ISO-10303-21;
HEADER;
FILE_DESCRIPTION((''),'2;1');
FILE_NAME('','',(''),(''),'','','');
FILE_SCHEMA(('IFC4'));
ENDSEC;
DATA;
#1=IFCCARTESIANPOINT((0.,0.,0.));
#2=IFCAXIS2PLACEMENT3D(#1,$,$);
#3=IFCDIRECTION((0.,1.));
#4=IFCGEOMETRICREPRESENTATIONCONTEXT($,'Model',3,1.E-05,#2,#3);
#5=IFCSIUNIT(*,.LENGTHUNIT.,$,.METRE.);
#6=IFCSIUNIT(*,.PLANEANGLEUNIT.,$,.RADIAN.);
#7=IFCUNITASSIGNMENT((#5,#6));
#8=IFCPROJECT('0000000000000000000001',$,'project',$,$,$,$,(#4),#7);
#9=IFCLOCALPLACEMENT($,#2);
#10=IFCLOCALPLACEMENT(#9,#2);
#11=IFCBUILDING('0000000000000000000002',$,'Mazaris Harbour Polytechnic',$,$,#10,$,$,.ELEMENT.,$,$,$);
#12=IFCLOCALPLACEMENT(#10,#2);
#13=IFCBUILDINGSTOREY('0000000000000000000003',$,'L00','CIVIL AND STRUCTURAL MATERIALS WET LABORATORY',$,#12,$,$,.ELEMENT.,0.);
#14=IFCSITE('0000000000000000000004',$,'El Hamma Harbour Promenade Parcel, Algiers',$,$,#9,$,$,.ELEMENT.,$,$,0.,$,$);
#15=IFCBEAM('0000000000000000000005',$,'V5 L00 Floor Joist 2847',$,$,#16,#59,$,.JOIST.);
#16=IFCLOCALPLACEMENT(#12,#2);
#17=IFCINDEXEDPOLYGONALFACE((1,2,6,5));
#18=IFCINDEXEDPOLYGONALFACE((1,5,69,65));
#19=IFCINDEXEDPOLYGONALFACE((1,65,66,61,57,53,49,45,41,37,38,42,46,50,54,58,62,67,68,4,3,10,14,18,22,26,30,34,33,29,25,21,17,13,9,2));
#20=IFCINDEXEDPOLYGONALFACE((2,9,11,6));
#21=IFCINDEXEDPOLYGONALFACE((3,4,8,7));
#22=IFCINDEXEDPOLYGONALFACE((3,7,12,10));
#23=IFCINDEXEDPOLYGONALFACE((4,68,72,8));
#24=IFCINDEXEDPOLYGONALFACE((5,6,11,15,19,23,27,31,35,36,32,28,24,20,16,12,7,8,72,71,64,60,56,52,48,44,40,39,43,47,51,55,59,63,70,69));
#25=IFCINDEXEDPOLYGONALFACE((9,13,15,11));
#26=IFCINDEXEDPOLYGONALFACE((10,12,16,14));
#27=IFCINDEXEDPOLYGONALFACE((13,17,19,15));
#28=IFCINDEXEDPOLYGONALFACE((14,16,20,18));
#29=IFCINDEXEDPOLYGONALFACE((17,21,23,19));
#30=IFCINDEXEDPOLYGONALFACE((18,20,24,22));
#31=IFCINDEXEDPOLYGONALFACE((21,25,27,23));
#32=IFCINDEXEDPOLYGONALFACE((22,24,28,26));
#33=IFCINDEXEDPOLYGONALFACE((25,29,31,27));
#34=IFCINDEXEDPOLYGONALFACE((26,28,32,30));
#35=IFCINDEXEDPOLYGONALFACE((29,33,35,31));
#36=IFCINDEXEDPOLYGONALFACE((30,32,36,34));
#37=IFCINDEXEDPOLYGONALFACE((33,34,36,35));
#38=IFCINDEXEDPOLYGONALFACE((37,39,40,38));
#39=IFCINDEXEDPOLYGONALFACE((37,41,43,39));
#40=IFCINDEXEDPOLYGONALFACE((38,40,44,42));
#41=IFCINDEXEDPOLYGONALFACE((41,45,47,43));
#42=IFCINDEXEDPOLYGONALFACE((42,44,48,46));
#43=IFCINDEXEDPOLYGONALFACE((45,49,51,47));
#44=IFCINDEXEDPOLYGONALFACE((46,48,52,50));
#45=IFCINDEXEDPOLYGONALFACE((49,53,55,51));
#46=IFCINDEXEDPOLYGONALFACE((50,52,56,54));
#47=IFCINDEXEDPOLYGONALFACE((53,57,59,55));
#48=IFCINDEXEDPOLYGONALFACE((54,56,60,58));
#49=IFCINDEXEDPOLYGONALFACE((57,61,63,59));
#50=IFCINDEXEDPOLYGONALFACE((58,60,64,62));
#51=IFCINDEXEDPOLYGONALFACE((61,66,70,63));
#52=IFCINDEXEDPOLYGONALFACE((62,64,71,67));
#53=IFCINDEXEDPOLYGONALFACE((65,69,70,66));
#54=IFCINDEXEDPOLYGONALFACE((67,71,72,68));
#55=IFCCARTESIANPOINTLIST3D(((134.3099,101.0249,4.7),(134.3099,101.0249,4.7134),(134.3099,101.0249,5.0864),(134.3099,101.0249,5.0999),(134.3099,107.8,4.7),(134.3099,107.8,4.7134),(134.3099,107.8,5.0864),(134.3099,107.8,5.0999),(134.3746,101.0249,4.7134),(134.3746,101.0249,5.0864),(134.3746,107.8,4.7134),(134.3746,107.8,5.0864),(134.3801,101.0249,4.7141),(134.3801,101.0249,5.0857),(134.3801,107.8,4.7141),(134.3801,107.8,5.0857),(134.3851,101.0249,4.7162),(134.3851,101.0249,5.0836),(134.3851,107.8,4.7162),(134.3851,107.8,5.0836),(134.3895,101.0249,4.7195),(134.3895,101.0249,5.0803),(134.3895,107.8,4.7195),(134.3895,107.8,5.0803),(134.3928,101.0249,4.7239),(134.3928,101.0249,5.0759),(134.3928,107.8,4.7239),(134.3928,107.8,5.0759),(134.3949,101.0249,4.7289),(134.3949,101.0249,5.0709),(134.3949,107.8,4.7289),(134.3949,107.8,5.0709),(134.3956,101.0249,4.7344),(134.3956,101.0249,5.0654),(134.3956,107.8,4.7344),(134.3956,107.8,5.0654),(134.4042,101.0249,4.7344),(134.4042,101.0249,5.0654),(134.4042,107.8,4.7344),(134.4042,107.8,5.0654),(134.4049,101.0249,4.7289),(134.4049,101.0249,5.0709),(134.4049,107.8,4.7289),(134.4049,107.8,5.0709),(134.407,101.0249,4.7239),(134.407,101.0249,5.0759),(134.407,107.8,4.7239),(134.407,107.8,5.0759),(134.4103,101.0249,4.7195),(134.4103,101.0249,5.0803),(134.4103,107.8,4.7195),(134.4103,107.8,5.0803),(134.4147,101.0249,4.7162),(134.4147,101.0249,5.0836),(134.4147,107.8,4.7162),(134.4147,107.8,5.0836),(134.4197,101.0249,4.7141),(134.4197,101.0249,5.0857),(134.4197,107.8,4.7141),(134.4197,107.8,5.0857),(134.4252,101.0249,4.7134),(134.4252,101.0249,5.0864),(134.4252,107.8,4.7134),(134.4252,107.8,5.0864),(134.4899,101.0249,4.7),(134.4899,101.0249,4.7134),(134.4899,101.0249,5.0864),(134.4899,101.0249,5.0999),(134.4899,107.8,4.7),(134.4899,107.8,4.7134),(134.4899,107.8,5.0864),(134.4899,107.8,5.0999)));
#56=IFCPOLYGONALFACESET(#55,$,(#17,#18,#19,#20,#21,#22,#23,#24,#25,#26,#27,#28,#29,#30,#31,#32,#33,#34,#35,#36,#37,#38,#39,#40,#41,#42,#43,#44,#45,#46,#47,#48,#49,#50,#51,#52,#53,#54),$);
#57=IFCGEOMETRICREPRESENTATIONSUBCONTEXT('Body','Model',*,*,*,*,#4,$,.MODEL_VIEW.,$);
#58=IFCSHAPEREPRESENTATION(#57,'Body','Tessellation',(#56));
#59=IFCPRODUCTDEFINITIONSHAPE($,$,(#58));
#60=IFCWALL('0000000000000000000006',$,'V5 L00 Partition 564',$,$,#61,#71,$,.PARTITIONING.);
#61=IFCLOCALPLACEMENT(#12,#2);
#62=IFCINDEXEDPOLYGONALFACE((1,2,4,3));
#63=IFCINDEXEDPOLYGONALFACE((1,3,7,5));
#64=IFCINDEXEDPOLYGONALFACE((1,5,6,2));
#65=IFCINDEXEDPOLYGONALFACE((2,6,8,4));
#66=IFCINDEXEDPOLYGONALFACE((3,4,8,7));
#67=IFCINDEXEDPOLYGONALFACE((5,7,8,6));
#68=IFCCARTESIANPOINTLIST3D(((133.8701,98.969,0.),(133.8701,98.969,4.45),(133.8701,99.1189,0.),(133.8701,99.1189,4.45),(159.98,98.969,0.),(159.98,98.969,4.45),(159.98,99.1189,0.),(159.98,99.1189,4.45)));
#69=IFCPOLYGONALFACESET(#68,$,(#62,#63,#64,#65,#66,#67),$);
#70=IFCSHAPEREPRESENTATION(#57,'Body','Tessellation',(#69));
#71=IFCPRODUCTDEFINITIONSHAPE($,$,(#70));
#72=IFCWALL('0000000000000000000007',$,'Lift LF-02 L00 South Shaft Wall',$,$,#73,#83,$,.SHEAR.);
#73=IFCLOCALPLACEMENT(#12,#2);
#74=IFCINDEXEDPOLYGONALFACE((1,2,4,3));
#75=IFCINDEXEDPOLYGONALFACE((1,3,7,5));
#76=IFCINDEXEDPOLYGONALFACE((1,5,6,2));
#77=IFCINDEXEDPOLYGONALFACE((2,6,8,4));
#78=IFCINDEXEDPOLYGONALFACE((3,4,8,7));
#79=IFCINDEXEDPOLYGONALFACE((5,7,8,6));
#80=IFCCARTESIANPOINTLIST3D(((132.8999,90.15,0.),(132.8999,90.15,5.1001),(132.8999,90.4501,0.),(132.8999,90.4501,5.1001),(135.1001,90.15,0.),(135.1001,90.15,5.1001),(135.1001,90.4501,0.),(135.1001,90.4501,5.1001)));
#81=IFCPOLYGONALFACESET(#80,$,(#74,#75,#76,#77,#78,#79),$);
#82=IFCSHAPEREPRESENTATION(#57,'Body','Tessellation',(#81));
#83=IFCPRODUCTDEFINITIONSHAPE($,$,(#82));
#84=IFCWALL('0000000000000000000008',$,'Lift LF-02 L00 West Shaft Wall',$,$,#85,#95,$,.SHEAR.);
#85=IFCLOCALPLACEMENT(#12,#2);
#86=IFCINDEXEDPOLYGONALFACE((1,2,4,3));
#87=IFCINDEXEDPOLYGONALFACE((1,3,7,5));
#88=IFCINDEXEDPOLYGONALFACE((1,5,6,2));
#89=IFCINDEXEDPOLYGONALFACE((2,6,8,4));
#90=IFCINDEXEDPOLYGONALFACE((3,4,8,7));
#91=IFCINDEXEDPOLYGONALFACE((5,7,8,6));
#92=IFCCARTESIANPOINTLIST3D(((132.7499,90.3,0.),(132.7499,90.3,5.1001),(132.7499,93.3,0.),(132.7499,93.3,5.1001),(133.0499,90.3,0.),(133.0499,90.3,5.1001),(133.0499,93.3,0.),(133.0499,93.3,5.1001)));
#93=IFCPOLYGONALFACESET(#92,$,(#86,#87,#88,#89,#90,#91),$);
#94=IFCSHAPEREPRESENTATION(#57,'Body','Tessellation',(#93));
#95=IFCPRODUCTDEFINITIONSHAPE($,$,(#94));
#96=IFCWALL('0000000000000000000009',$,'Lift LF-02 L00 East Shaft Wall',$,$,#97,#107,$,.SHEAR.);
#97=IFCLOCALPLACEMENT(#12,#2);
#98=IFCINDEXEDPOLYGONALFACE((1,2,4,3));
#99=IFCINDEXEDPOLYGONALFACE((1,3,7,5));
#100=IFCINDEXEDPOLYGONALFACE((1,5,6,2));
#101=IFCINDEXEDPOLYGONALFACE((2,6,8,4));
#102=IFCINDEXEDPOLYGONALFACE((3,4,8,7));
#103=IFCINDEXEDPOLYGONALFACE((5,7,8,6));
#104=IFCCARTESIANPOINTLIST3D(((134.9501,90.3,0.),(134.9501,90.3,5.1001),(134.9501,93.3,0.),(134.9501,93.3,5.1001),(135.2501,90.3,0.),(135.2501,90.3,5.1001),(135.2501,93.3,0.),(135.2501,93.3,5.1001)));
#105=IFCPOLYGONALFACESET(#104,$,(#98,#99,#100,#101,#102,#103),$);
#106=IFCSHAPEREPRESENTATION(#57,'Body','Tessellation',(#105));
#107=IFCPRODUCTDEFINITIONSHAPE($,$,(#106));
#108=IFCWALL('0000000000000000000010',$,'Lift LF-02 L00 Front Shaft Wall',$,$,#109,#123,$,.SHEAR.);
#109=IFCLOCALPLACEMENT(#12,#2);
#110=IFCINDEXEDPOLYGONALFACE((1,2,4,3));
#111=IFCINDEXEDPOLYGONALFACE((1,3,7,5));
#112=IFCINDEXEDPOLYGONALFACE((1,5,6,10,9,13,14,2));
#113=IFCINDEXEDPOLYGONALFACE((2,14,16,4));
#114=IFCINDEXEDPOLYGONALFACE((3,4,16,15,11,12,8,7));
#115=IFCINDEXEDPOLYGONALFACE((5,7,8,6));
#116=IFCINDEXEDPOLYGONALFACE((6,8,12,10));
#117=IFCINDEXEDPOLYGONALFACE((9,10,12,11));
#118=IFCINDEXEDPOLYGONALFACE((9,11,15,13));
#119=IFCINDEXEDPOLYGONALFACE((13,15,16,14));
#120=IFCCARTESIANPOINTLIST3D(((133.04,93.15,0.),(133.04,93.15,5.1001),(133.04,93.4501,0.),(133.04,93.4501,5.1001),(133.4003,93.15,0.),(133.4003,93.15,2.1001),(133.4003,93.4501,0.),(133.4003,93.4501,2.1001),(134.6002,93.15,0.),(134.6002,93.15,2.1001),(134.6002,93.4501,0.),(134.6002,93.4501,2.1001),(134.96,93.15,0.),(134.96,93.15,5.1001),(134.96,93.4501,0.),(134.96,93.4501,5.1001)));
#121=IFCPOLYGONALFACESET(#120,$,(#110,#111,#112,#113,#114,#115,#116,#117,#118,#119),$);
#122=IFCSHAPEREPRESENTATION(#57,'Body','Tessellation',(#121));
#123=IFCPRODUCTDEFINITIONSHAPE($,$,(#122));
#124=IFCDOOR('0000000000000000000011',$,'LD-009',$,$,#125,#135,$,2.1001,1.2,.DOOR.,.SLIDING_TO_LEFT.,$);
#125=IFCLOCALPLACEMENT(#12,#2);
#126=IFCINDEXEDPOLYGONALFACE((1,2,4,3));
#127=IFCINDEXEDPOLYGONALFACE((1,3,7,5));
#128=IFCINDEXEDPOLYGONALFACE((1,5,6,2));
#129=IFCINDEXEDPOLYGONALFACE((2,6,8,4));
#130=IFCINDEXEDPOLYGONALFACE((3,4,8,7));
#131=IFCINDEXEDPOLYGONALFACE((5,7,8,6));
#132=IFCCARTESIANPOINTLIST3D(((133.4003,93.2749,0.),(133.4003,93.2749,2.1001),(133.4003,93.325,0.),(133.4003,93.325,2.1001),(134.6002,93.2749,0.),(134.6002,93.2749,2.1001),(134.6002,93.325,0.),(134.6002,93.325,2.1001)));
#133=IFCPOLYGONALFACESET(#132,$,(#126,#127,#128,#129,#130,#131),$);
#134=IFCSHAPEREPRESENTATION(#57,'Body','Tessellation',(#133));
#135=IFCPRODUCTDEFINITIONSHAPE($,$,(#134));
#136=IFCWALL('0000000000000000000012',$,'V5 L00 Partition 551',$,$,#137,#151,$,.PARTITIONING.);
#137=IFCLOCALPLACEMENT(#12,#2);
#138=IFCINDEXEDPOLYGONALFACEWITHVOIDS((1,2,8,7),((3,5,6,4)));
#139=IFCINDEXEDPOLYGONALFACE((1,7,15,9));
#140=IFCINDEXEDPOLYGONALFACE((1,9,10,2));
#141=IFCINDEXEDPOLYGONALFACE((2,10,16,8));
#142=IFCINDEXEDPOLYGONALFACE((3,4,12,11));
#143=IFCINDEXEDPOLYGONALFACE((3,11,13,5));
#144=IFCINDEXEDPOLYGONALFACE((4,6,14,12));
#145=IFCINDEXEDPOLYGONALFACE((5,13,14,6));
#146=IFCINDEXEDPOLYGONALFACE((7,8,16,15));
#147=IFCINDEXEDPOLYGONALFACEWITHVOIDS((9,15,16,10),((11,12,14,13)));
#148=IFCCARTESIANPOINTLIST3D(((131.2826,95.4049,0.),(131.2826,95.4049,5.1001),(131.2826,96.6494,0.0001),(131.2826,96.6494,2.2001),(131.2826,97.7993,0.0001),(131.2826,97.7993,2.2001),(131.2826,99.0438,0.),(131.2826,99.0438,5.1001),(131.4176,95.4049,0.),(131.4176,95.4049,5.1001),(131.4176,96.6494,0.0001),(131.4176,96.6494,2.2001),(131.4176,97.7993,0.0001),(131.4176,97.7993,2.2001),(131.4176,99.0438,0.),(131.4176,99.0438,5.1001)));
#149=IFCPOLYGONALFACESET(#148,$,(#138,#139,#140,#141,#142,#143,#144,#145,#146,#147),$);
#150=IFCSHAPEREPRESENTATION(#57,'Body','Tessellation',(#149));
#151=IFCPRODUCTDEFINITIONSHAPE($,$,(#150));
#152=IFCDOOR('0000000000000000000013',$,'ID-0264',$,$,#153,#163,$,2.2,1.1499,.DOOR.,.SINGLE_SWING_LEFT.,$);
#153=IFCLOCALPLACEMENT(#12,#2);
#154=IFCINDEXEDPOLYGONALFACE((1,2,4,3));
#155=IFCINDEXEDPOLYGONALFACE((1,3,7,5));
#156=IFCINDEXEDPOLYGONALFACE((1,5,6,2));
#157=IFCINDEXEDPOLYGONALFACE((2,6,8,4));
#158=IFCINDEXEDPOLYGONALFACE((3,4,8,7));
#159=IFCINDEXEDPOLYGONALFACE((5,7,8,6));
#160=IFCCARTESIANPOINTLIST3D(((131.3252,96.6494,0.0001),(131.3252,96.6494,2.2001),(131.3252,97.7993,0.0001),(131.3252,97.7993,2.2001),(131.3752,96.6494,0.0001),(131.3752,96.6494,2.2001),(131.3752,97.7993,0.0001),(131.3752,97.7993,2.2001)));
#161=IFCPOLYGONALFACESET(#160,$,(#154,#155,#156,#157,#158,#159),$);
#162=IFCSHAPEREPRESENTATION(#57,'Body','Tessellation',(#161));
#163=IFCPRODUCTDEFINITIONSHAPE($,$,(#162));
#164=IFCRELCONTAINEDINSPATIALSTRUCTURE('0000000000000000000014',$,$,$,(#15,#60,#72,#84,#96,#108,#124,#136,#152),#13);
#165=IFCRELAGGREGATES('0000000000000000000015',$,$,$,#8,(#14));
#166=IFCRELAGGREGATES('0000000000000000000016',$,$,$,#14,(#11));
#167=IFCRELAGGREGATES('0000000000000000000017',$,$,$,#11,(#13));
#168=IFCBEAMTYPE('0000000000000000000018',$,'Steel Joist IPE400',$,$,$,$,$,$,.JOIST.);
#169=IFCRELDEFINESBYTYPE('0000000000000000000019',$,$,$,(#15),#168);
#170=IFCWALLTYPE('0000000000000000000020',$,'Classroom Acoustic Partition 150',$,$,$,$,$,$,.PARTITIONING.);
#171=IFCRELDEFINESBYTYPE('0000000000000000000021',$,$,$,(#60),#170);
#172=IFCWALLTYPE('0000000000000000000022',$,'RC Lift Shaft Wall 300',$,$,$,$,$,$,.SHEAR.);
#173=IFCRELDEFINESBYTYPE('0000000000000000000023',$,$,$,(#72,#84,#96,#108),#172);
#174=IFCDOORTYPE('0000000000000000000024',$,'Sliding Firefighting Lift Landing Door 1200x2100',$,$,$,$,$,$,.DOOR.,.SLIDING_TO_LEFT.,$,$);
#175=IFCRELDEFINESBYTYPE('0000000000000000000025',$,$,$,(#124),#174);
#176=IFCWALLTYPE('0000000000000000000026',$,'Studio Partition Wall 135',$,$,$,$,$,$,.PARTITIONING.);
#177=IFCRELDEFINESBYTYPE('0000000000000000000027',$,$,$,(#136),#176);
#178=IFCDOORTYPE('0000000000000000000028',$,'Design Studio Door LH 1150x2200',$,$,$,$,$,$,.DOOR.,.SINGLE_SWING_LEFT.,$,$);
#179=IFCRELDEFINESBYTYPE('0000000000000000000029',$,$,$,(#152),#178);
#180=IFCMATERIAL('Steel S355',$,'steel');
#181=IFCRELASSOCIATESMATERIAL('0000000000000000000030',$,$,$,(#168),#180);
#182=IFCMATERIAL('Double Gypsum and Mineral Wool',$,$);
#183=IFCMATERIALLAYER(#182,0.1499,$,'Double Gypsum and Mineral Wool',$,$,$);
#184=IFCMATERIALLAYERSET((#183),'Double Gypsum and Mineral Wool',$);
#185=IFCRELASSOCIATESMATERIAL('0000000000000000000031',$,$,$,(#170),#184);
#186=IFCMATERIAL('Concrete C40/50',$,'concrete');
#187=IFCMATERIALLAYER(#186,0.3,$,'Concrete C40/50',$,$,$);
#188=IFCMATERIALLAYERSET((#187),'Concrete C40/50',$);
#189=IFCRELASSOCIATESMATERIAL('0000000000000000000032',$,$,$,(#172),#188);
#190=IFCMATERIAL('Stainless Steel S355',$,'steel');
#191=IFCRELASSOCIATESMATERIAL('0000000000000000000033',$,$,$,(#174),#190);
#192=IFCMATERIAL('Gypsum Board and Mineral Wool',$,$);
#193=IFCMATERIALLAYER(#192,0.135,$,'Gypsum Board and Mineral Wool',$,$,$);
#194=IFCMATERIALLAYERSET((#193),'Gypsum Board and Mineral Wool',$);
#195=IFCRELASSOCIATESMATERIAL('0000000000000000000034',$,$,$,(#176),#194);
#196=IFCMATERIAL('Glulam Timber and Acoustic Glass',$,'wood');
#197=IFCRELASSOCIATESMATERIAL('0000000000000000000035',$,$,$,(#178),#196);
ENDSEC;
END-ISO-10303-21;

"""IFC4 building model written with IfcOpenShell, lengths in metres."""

from ifc_helpers import new_model, si_unit, direction, frame, frame_2d, origin, origin_2d, place, context, subcontext, project, spatial, rectangle, i_section, extrude, material, layer, layer_set, material_profile, profile_set, type_object, element, fill, save


model = new_model("IFC4")

# Units and contexts
model_context = context("Model", 3, precision=1e-05, world=origin(), true_north=direction((0.0, 1.0)))
body_context = subcontext(model_context, "Body", "Model", "MODEL_VIEW")
ifc_project = project(units=[si_unit("LENGTHUNIT", "METRE"), si_unit("PLANEANGLEUNIT", "RADIAN")], contexts=[model_context])

# Site, building, storey
site_placement = place(None, origin())
site = spatial("IfcSite", under=ifc_project, at=site_placement, Name="El Hamma Harbour Promenade Parcel, Algiers", CompositionType="ELEMENT", RefElevation=0.0)
building_placement = place(site_placement, origin())
building = spatial("IfcBuilding", under=site, at=building_placement, Name="Mazaris Harbour Polytechnic", CompositionType="ELEMENT")
storey_placement = place(building_placement, origin())
storey = spatial("IfcBuildingStorey", under=building, at=storey_placement, Name="L00", Description="CIVIL AND STRUCTURAL MATERIALS WET LABORATORY", CompositionType="ELEMENT", Elevation=0.0)

# Beam
ifc_material_1 = material(Name="Steel S355", Category="steel")
ifc_material_profile_1 = material_profile(ifc_material_1, i_section(OverallWidth=0.1799, OverallDepth=0.3999, WebThickness=0.0085, FlangeThickness=0.0134, FilletRadius=0.021, at=origin_2d()), Name="IPE 400")
ifc_profile_set_1 = profile_set([ifc_material_profile_1], Name="Steel S355")
beam_type_1 = type_object("IfcBeamType", Name="Steel Joist IPE400", PredefinedType="JOIST", material=ifc_profile_set_1)
beam_1_placement = place(storey_placement, frame((134.3999, 101.0249, 4.8999), z_axis=(0.0, 1.0, 0.0), x_axis=(-1.0, 0.0, 0.0)))
element("IfcBeam", 1, at=beam_1_placement, inside=storey, type_object=beam_type_1, Name="V5 L00 Floor Joist 2847", PredefinedType="JOIST", context=body_context, shape_type="SweptSolid", body=[
    extrude(i_section(OverallWidth=0.1799, OverallDepth=0.3999, WebThickness=0.0085, FlangeThickness=0.0134, FilletRadius=0.021, at=origin_2d()), origin(), (0.0, 0.0, 1.0), 6.7751),
])

# Walls
ifc_material_2 = material(Name="Double Gypsum and Mineral Wool")
ifc_layer_1 = layer(ifc_material_2, 0.1499, Name="Double Gypsum and Mineral Wool")
ifc_layer_set_1 = layer_set([ifc_layer_1], Name="Double Gypsum and Mineral Wool")
wall_type_1 = type_object("IfcWallType", Name="Classroom Acoustic Partition 150", PredefinedType="PARTITIONING", material=ifc_layer_set_1)
wall_1_placement = place(storey_placement, frame((133.8701, 99.0439, 0.0), z_axis=(0.0, 0.0, 1.0), x_axis=(1.0, 0.0, 0.0)))
element("IfcWall", 2, at=wall_1_placement, inside=storey, type_object=wall_type_1, Name="V5 L00 Partition 564", PredefinedType="PARTITIONING", context=body_context, shape_type="SweptSolid", body=[
    extrude(rectangle(XDim=26.1099, YDim=0.1499, at=frame_2d((13.0549, 0.0))), origin(), (0.0, 0.0, 1.0), 4.45),
])
ifc_material_3 = material(Name="Concrete C40/50", Category="concrete")
ifc_layer_2 = layer(ifc_material_3, 0.3, Name="Concrete C40/50")
ifc_layer_set_2 = layer_set([ifc_layer_2], Name="Concrete C40/50")
wall_type_2 = type_object("IfcWallType", Name="RC Lift Shaft Wall 300", PredefinedType="SHEAR", material=ifc_layer_set_2)
wall_2_placement = place(storey_placement, frame((132.8999, 90.3, 0.0), z_axis=(0.0, 0.0, 1.0), x_axis=(1.0, 0.0, 0.0)))
element("IfcWall", 3, at=wall_2_placement, inside=storey, type_object=wall_type_2, Name="Lift LF-02 L00 South Shaft Wall", PredefinedType="SHEAR", context=body_context, shape_type="SweptSolid", body=[
    extrude(rectangle(XDim=2.2002, YDim=0.3, at=frame_2d((1.1001, 0.0))), origin(), (0.0, 0.0, 1.0), 5.1001),
])
for number, where, z_axis, x_axis, name in (
    (4, (132.8999, 93.3, 0.0), (0.0, 0.0, 1.0), (0.0, -1.0, 0.0), "Lift LF-02 L00 West Shaft Wall"),
    (5, (135.1001, 90.3, 0.0), (0.0, 0.0, 1.0), (0.0, 1.0, 0.0), "Lift LF-02 L00 East Shaft Wall"),
):
    element("IfcWall", number, at=place(storey_placement, frame(where, z_axis=z_axis, x_axis=x_axis)), inside=storey, type_object=wall_type_2, Name=name, PredefinedType="SHEAR", context=body_context, shape_type="SweptSolid", body=[
        extrude(rectangle(XDim=3.0, YDim=0.3, at=frame_2d((1.5, 0.0))), origin(), (0.0, 0.0, 1.0), 5.1001),
    ])

# Walls, openings, doors
wall_3_placement = place(storey_placement, frame((133.04, 93.3, 0.0), z_axis=(0.0, 0.0, 1.0), x_axis=(1.0, 0.0, 0.0)))
wall_3 = element("IfcWall", 6, at=wall_3_placement, inside=storey, type_object=wall_type_2, Name="Lift LF-02 L00 Front Shaft Wall", PredefinedType="SHEAR", context=body_context, shape_type="SweptSolid", body=[
    extrude(rectangle(XDim=1.9199, YDim=0.3, at=frame_2d((0.96, 0.0))), origin(), (0.0, 0.0, 1.0), 5.1001),
])
opening_1_placement = place(wall_3_placement, frame((0.3601, 0.0, 0.0)))
opening_1 = element("IfcOpeningElement", 7, at=opening_1_placement, cuts=wall_3, PredefinedType="OPENING", context=body_context, shape_type="SweptSolid", body=[
    extrude(rectangle(XDim=1.2, YDim=2.1001, at=frame_2d((0.6001, 1.05))), frame((0.0, 0.1599, 0.0), z_axis=(0.0, -1.0, 0.0), x_axis=(1.0, 0.0, 0.0)), (0.0, 0.0, 1.0), 0.3201),
])
ifc_material_4 = material(Name="Stainless Steel S355", Category="steel")
door_type_1 = type_object("IfcDoorType", Name="Sliding Firefighting Lift Landing Door 1200x2100", OperationType="SLIDING_TO_LEFT", PredefinedType="DOOR", material=ifc_material_4)
door_1_placement = place(opening_1_placement, origin())
door_1 = element("IfcDoor", 8, at=door_1_placement, inside=storey, type_object=door_type_1, Name="LD-009", OperationType="SLIDING_TO_LEFT", OverallHeight=2.1001, OverallWidth=1.2, PredefinedType="DOOR", context=body_context, shape_type="SweptSolid", body=[
    extrude(rectangle(XDim=1.2, YDim=2.1001, at=frame_2d((0.6001, 1.05))), frame((0.0, 0.0249, 0.0), z_axis=(0.0, -1.0, 0.0), x_axis=(1.0, 0.0, 0.0)), (0.0, 0.0, 1.0), 0.05),
])
fill(opening_1, door_1)
ifc_material_5 = material(Name="Gypsum Board and Mineral Wool")
ifc_layer_3 = layer(ifc_material_5, 0.135, Name="Gypsum Board and Mineral Wool")
ifc_layer_set_3 = layer_set([ifc_layer_3], Name="Gypsum Board and Mineral Wool")
wall_type_3 = type_object("IfcWallType", Name="Studio Partition Wall 135", PredefinedType="PARTITIONING", material=ifc_layer_set_3)
wall_4_placement = place(storey_placement, frame((131.3501, 95.405, 0.0), z_axis=(0.0, 0.0, 1.0), x_axis=(0.0, 1.0, 0.0)))
wall_4 = element("IfcWall", 9, at=wall_4_placement, inside=storey, type_object=wall_type_3, Name="V5 L00 Partition 551", PredefinedType="PARTITIONING", context=body_context, shape_type="SweptSolid", body=[
    extrude(rectangle(XDim=3.6389, YDim=0.135, at=frame_2d((1.8193, 0.0))), origin(), (0.0, 0.0, 1.0), 5.1001),
])
opening_2_placement = place(wall_4_placement, frame((1.2444, 0.0, 0.0)))
opening_2 = element("IfcOpeningElement", 10, at=opening_2_placement, cuts=wall_4, PredefinedType="OPENING", context=body_context, shape_type="SweptSolid", body=[
    extrude(rectangle(XDim=1.1499, YDim=2.2, at=frame_2d((0.575, 1.1001))), frame((0.0, 0.0774, 0.0), z_axis=(0.0, -1.0, 0.0), x_axis=(1.0, 0.0, 0.0)), (0.0, 0.0, 1.0), 0.155),
])
ifc_material_6 = material(Name="Glulam Timber and Acoustic Glass", Category="wood")
door_type_2 = type_object("IfcDoorType", Name="Design Studio Door LH 1150x2200", OperationType="SINGLE_SWING_LEFT", PredefinedType="DOOR", material=ifc_material_6)
door_2_placement = place(opening_2_placement, origin())
door_2 = element("IfcDoor", 11, at=door_2_placement, inside=storey, type_object=door_type_2, Name="ID-0264", OperationType="SINGLE_SWING_LEFT", OverallHeight=2.2, OverallWidth=1.1499, PredefinedType="DOOR", context=body_context, shape_type="SweptSolid", body=[
    extrude(rectangle(XDim=1.1499, YDim=2.2, at=frame_2d((0.575, 1.1001))), frame((0.0, 0.0249, 0.0), z_axis=(0.0, -1.0, 0.0), x_axis=(1.0, 0.0, 0.0)), (0.0, 0.0, 1.0), 0.05),
])
fill(opening_2, door_2)

save(model, "model.ifc")
